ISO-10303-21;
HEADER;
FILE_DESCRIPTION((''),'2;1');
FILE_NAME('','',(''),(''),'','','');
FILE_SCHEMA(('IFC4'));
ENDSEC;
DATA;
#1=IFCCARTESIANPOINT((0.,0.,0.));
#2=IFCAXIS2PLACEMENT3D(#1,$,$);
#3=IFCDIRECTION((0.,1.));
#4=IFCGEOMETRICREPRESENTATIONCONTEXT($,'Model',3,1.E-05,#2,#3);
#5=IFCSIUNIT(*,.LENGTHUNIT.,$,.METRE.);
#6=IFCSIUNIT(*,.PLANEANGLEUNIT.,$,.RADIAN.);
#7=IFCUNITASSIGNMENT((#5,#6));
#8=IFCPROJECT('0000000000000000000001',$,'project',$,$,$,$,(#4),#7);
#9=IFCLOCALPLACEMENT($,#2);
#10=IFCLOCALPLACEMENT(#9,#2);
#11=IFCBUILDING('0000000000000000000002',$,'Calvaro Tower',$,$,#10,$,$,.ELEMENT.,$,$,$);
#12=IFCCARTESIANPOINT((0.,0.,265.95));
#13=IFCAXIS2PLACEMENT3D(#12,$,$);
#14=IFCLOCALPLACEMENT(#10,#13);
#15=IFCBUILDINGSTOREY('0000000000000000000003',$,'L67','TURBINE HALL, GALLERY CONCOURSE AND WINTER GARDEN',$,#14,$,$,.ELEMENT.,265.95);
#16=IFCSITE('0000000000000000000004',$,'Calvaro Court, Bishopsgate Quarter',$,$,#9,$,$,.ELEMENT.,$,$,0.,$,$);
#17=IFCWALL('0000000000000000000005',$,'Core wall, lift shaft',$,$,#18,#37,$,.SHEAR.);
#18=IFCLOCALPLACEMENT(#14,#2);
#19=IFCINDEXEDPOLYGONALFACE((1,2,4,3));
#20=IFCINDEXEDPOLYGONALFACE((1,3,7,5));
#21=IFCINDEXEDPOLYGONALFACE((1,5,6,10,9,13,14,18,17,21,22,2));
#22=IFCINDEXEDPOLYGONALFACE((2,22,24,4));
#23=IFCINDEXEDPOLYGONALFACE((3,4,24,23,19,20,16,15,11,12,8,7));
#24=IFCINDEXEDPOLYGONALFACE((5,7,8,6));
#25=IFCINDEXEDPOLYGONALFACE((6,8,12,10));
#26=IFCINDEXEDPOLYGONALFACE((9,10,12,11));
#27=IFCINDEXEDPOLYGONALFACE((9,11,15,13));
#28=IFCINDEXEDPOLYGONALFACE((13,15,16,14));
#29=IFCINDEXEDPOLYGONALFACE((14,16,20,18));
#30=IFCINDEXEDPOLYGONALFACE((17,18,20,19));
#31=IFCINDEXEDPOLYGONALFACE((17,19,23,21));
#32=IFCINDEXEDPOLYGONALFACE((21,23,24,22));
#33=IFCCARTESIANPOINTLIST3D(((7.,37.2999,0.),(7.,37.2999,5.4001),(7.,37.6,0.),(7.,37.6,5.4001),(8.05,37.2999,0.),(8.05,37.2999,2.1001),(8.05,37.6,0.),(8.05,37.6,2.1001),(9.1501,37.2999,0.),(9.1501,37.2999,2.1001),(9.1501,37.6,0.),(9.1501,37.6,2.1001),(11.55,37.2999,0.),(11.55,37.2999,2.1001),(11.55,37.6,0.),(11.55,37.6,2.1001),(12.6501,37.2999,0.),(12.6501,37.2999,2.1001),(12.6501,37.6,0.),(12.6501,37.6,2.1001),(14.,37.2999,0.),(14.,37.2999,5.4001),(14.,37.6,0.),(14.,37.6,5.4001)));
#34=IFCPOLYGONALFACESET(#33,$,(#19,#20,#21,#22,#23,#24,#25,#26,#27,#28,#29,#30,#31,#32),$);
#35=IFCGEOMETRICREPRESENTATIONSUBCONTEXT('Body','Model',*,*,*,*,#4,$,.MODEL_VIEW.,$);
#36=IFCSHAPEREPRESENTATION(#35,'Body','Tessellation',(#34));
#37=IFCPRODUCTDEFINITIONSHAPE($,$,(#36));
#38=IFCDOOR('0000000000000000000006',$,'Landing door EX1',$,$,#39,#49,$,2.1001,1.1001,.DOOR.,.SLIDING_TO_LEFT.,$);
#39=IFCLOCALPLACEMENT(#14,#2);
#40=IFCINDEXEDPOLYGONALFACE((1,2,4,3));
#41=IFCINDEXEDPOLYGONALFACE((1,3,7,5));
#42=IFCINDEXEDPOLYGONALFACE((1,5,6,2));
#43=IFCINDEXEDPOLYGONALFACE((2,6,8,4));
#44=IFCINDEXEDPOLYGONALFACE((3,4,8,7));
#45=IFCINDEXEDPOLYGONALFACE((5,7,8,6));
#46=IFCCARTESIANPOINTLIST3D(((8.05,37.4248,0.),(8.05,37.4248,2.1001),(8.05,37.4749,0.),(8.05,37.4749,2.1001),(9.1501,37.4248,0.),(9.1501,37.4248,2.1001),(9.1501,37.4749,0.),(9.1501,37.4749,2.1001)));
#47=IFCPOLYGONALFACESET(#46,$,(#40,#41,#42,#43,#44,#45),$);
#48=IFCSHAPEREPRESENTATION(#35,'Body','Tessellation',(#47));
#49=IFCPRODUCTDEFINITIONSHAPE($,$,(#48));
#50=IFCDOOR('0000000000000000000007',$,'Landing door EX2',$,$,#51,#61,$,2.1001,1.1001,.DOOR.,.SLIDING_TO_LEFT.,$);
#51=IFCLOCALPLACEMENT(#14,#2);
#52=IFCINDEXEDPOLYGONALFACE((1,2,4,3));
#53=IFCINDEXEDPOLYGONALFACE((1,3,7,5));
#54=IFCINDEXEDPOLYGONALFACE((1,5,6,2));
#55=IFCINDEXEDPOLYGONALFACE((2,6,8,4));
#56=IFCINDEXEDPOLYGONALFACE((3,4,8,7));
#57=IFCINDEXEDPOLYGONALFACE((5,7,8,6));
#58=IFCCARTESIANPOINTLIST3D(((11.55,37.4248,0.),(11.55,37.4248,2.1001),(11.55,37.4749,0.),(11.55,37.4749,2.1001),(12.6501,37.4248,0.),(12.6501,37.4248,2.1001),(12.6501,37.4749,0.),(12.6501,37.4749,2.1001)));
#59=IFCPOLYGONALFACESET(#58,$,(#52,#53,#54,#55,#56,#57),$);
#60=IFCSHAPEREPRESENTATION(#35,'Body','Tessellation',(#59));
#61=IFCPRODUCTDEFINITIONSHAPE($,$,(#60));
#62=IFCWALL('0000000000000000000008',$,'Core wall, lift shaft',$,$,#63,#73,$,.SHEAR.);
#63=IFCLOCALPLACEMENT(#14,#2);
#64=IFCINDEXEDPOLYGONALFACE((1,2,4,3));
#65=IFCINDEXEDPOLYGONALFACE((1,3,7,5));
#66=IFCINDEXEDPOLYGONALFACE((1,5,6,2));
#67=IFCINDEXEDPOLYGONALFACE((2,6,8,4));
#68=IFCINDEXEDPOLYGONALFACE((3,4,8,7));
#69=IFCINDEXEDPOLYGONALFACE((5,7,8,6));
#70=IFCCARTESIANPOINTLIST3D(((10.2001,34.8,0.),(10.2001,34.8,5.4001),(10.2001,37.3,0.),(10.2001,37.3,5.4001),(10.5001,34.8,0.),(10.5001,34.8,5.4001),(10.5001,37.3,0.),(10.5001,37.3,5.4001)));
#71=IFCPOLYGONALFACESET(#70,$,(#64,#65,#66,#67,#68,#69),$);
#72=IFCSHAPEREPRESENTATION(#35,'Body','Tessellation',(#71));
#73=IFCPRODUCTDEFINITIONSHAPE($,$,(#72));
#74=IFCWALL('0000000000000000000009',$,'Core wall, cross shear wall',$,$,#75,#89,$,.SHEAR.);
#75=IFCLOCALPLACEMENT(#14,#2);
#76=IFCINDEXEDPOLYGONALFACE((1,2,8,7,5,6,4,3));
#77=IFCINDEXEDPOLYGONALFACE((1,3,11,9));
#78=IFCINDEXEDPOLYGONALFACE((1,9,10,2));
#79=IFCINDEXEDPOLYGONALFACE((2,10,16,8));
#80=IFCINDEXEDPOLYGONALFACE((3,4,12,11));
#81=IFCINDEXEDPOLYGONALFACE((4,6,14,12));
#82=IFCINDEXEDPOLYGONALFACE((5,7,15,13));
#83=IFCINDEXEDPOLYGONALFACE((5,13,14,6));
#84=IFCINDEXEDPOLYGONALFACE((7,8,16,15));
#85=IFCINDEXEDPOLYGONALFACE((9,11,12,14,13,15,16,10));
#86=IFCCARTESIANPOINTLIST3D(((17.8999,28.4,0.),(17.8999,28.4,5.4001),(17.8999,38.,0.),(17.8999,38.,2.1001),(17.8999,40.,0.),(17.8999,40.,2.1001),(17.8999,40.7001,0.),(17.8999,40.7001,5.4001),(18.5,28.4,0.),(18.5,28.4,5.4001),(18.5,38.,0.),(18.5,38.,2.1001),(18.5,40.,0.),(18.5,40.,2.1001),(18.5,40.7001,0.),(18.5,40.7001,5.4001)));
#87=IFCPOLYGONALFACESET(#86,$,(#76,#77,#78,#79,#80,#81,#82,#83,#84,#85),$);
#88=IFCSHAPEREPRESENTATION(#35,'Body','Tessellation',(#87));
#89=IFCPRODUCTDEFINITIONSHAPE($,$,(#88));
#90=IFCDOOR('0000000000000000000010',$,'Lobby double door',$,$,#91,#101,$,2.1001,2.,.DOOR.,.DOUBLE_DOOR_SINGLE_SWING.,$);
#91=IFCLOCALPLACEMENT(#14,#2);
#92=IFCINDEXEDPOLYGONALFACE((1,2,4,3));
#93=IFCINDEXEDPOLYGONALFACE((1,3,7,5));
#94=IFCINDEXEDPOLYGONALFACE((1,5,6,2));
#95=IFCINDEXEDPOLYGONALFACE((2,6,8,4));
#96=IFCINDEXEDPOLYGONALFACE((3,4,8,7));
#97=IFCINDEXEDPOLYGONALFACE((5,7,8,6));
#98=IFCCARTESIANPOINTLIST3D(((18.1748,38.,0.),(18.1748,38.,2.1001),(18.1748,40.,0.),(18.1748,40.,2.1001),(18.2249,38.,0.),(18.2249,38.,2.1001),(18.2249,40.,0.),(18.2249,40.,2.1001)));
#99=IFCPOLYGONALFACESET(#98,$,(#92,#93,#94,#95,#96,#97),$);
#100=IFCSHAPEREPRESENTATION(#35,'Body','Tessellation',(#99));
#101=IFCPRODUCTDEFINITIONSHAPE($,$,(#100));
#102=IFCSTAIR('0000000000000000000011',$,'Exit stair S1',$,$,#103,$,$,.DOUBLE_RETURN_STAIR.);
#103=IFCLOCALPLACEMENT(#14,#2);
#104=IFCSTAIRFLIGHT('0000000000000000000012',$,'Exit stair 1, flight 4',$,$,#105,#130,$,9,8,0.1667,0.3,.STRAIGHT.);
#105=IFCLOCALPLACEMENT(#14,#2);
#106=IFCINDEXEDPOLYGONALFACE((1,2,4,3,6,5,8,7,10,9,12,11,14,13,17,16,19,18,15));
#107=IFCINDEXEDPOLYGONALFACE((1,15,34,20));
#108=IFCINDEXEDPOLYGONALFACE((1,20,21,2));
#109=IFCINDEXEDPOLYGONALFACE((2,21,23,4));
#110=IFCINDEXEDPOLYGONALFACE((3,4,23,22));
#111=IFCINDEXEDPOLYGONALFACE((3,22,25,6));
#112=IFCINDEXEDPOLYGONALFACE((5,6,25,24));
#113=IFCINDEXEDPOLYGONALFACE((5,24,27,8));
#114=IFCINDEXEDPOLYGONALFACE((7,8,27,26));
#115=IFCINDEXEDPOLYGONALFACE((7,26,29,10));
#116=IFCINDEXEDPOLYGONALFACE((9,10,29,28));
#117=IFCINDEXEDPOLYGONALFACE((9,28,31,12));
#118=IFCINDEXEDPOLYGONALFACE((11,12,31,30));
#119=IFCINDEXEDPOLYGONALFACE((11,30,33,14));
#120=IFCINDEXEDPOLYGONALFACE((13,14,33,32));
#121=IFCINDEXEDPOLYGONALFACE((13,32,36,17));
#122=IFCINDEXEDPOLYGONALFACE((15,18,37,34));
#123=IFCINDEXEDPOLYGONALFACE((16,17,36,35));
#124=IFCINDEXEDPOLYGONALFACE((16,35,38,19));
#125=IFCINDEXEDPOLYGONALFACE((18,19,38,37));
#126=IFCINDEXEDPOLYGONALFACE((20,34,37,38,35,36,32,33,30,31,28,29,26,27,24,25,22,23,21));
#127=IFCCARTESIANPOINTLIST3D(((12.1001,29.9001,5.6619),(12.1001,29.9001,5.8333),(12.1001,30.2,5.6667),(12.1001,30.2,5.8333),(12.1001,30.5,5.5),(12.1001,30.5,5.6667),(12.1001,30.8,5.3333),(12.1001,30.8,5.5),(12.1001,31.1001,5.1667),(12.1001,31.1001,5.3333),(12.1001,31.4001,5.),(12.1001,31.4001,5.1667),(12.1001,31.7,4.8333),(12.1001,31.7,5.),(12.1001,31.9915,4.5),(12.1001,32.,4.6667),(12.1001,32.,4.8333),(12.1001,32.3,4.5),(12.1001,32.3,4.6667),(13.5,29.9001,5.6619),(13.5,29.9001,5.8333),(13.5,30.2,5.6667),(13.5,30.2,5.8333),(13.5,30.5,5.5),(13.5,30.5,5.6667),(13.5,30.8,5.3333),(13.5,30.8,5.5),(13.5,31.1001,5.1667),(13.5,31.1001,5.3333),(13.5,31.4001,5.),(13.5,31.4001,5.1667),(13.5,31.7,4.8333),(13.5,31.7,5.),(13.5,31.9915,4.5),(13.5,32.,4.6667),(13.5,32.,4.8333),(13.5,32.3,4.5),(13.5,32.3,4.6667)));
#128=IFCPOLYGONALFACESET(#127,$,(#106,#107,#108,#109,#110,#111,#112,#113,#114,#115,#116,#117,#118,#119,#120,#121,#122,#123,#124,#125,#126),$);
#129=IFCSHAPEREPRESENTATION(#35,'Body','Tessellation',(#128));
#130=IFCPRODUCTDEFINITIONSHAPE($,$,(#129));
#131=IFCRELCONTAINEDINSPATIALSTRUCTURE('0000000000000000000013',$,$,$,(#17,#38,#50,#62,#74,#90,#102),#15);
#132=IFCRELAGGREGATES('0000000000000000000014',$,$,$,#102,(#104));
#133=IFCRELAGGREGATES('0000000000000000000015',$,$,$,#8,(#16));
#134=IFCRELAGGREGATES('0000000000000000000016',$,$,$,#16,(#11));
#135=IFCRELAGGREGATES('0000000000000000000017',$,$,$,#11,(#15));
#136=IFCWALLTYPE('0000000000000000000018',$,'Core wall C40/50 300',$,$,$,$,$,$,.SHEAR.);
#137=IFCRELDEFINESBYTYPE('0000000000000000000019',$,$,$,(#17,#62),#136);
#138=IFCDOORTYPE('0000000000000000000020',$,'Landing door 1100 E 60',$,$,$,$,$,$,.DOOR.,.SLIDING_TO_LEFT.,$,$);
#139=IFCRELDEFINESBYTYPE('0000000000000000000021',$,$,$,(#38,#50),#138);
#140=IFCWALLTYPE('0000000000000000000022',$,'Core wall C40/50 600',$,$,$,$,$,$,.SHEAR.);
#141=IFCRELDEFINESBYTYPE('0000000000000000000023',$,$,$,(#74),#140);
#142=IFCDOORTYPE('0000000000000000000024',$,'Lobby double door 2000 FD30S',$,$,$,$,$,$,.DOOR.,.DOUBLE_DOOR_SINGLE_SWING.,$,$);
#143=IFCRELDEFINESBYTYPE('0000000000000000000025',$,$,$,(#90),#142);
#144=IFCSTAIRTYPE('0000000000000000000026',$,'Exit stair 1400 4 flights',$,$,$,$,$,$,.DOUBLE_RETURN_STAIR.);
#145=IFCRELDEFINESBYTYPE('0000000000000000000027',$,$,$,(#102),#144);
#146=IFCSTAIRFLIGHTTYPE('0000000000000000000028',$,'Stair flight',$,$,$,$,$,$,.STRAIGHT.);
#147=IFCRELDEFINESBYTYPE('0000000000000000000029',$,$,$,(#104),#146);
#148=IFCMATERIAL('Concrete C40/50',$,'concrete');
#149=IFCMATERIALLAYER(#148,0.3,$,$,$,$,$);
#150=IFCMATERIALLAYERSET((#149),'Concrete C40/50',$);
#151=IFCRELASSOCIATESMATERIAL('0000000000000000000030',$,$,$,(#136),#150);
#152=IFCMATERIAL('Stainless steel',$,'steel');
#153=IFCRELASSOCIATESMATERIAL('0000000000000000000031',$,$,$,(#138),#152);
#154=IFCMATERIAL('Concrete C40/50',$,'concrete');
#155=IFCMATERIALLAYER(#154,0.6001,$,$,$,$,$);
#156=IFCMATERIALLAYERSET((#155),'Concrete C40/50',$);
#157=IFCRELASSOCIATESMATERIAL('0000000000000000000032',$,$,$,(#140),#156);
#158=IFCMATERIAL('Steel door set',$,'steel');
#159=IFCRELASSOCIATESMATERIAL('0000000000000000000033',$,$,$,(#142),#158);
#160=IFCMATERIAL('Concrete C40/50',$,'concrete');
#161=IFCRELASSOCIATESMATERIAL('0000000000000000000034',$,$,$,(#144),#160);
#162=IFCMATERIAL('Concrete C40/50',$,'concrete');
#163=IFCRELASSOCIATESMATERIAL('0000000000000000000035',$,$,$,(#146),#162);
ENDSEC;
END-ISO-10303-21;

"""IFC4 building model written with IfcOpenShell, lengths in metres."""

from ifc_helpers import new_model, si_unit, direction, frame, frame_2d, origin, place, context, subcontext, project, spatial, polyline, rectangle, outline, extrude, material, layer, layer_set, type_object, element, fill, aggregate, save


model = new_model("IFC4")

# Units and contexts
model_context = context("Model", 3, precision=1e-05, world=origin(), true_north=direction((0.0, 1.0)))
body_context = subcontext(model_context, "Body", "Model", "MODEL_VIEW")
ifc_project = project(units=[si_unit("LENGTHUNIT", "METRE"), si_unit("PLANEANGLEUNIT", "RADIAN")], contexts=[model_context])

# Site, building, storey
site_placement = place(None, origin())
site = spatial("IfcSite", under=ifc_project, at=site_placement, Name="Calvaro Court, Bishopsgate Quarter", CompositionType="ELEMENT", RefElevation=0.0)
building_placement = place(site_placement, origin())
building = spatial("IfcBuilding", under=site, at=building_placement, Name="Calvaro Tower", CompositionType="ELEMENT")
storey_placement = place(building_placement, frame((0.0, 0.0, 265.95)))
storey = spatial("IfcBuildingStorey", under=building, at=storey_placement, Name="L67", Description="TURBINE HALL, GALLERY CONCOURSE AND WINTER GARDEN", CompositionType="ELEMENT", Elevation=265.95)

# Shared definitions
ifc_material_1 = material(Name="Concrete C40/50", Category="concrete")
ifc_layer_1 = layer(ifc_material_1, 0.3)
ifc_layer_set_1 = layer_set([ifc_layer_1], Name="Concrete C40/50")
wall_type_1 = type_object("IfcWallType", Name="Core wall C40/50 300", PredefinedType="SHEAR", material=ifc_layer_set_1)

# Wall, openings, doors
wall_1_placement = place(storey_placement, frame((7.0, 37.45, 0.0), z_axis=(0.0, 0.0, 1.0), x_axis=(1.0, 0.0, 0.0)))
wall_1 = element("IfcWall", 1, at=wall_1_placement, inside=storey, type_object=wall_type_1, Name="Core wall, lift shaft", PredefinedType="SHEAR", context=body_context, shape_type="SweptSolid", body=[
    extrude(rectangle(XDim=7.0, YDim=0.3, at=frame_2d((3.5, 0.0))), origin(), (0.0, 0.0, 1.0), 5.4001),
])
opening_1_placement = place(wall_1_placement, frame((1.05, 0.0, 0.0)))
opening_1 = element("IfcOpeningElement", 2, at=opening_1_placement, cuts=wall_1, PredefinedType="OPENING", context=body_context, shape_type="SweptSolid", body=[
    extrude(rectangle(XDim=1.1001, YDim=2.1001, at=frame_2d((0.55, 1.05))), frame((0.0, 0.1599, 0.0), z_axis=(0.0, -1.0, 0.0), x_axis=(1.0, 0.0, 0.0)), (0.0, 0.0, 1.0), 0.3201),
])
opening_2_placement = place(wall_1_placement, frame((4.55, 0.0, 0.0)))
opening_2 = element("IfcOpeningElement", 3, at=opening_2_placement, cuts=wall_1, PredefinedType="OPENING", context=body_context, shape_type="SweptSolid", body=[
    extrude(rectangle(XDim=1.1001, YDim=2.1001, at=frame_2d((0.55, 1.05))), frame((0.0, 0.1599, 0.0), z_axis=(0.0, -1.0, 0.0), x_axis=(1.0, 0.0, 0.0)), (0.0, 0.0, 1.0), 0.3201),
])
ifc_material_2 = material(Name="Stainless steel", Category="steel")
door_type_1 = type_object("IfcDoorType", Name="Landing door 1100 E 60", OperationType="SLIDING_TO_LEFT", PredefinedType="DOOR", material=ifc_material_2)
door_1_placement = place(opening_1_placement, origin())
door_1 = element("IfcDoor", 4, at=door_1_placement, inside=storey, type_object=door_type_1, Name="Landing door EX1", OperationType="SLIDING_TO_LEFT", OverallHeight=2.1001, OverallWidth=1.1001, PredefinedType="DOOR", context=body_context, shape_type="SweptSolid", body=[
    extrude(rectangle(XDim=1.1001, YDim=2.1001, at=frame_2d((0.55, 1.05))), frame((0.0, 0.0249, 0.0), z_axis=(0.0, -1.0, 0.0), x_axis=(1.0, 0.0, 0.0)), (0.0, 0.0, 1.0), 0.05),
])
fill(opening_1, door_1)
door_2_placement = place(opening_2_placement, origin())
door_2 = element("IfcDoor", 5, at=door_2_placement, inside=storey, type_object=door_type_1, Name="Landing door EX2", OperationType="SLIDING_TO_LEFT", OverallHeight=2.1001, OverallWidth=1.1001, PredefinedType="DOOR", context=body_context, shape_type="SweptSolid", body=[
    extrude(rectangle(XDim=1.1001, YDim=2.1001, at=frame_2d((0.55, 1.05))), frame((0.0, 0.0249, 0.0), z_axis=(0.0, -1.0, 0.0), x_axis=(1.0, 0.0, 0.0)), (0.0, 0.0, 1.0), 0.05),
])
fill(opening_2, door_2)

# Wall
wall_2_placement = place(storey_placement, frame((10.3501, 34.8, 0.0), z_axis=(0.0, 0.0, 1.0), x_axis=(0.0, 1.0, 0.0)))
element("IfcWall", 6, at=wall_2_placement, inside=storey, type_object=wall_type_1, Name="Core wall, lift shaft", PredefinedType="SHEAR", context=body_context, shape_type="SweptSolid", body=[
    extrude(rectangle(XDim=2.5, YDim=0.3, at=frame_2d((1.25, 0.0))), origin(), (0.0, 0.0, 1.0), 5.4001),
])

# Wall, opening, door
ifc_material_3 = material(Name="Concrete C40/50", Category="concrete")
ifc_layer_2 = layer(ifc_material_3, 0.6001)
ifc_layer_set_2 = layer_set([ifc_layer_2], Name="Concrete C40/50")
wall_type_2 = type_object("IfcWallType", Name="Core wall C40/50 600", PredefinedType="SHEAR", material=ifc_layer_set_2)
wall_3_placement = place(storey_placement, frame((18.2, 40.7, 0.0), z_axis=(0.0, 0.0, 1.0), x_axis=(0.0, -1.0, 0.0)))
wall_3 = element("IfcWall", 7, at=wall_3_placement, inside=storey, type_object=wall_type_2, Name="Core wall, cross shear wall", PredefinedType="SHEAR", context=body_context, shape_type="SweptSolid", body=[
    extrude(rectangle(XDim=12.3, YDim=0.6001, at=frame_2d((6.1499, 0.0))), origin(), (0.0, 0.0, 1.0), 5.4001),
])
opening_3_placement = place(wall_3_placement, frame((0.7, 0.0, 0.0)))
opening_3 = element("IfcOpeningElement", 8, at=opening_3_placement, cuts=wall_3, PredefinedType="OPENING", context=body_context, shape_type="SweptSolid", body=[
    extrude(rectangle(XDim=2.0, YDim=2.1001, at=frame_2d((1.0, 1.05))), frame((0.0, 0.3101, 0.0), z_axis=(0.0, -1.0, 0.0), x_axis=(1.0, 0.0, 0.0)), (0.0, 0.0, 1.0), 0.6201),
])
ifc_material_4 = material(Name="Steel door set", Category="steel")
door_type_2 = type_object("IfcDoorType", Name="Lobby double door 2000 FD30S", OperationType="DOUBLE_DOOR_SINGLE_SWING", PredefinedType="DOOR", material=ifc_material_4)
door_3_placement = place(opening_3_placement, origin())
door_3 = element("IfcDoor", 9, at=door_3_placement, inside=storey, type_object=door_type_2, Name="Lobby double door", OperationType="DOUBLE_DOOR_SINGLE_SWING", OverallHeight=2.1001, OverallWidth=2.0, PredefinedType="DOOR", context=body_context, shape_type="SweptSolid", body=[
    extrude(rectangle(XDim=2.0, YDim=2.1001, at=frame_2d((1.0, 1.05))), frame((0.0, 0.0249, 0.0), z_axis=(0.0, -1.0, 0.0), x_axis=(1.0, 0.0, 0.0)), (0.0, 0.0, 1.0), 0.05),
])
fill(opening_3, door_3)

# Stair, stair flight
ifc_material_5 = material(Name="Concrete C40/50", Category="concrete")
stair_type = type_object("IfcStairType", Name="Exit stair 1400 4 flights", PredefinedType="DOUBLE_RETURN_STAIR", material=ifc_material_5)
stair_placement = place(storey_placement, origin())
stair = element("IfcStair", 10, at=stair_placement, inside=storey, type_object=stair_type, Name="Exit stair S1", PredefinedType="DOUBLE_RETURN_STAIR")
ifc_material_6 = material(Name="Concrete C40/50", Category="concrete")
stair_flight_type = type_object("IfcStairFlightType", Name="Stair flight", PredefinedType="STRAIGHT", material=ifc_material_6)
stair_flight_placement = place(storey_placement, frame((12.8, 32.3, 4.5), z_axis=(0.0, 0.0, 1.0), x_axis=(0.0, -1.0, 0.0)))
stair_flight = element("IfcStairFlight", 11, at=stair_flight_placement, type_object=stair_flight_type, Name="Exit stair 1, flight 4", NumberOfRisers=9, NumberOfTreads=8, PredefinedType="STRAIGHT", RiserHeight=0.1667, TreadLength=0.3, context=body_context, shape_type="SweptSolid", body=[
    extrude(outline(polyline([(0.0, 0.0), (0.0, 0.1667), (0.3, 0.1667), (0.3, 0.3333), (0.6001, 0.3333), (0.6001, 0.5), (0.8999, 0.5), (0.8999, 0.6667), (1.2, 0.6667), (1.2, 0.8333), (1.5, 0.8333), (1.5, 1.0), (1.8, 1.0), (1.8, 1.1667), (2.1001, 1.1667), (2.1001, 1.3333), (2.3999, 1.3333), (2.3999, 1.5), (2.3999, 1.1619), (0.3086, 0.0), (0.0, 0.0)])), frame((0.0, 0.7, 0.0), z_axis=(0.0, -1.0, 0.0), x_axis=(1.0, 0.0, 0.0)), (0.0, 0.0, 1.0), 1.3999),
])

aggregate(stair, [stair_flight])

save(model, "model.ifc")
